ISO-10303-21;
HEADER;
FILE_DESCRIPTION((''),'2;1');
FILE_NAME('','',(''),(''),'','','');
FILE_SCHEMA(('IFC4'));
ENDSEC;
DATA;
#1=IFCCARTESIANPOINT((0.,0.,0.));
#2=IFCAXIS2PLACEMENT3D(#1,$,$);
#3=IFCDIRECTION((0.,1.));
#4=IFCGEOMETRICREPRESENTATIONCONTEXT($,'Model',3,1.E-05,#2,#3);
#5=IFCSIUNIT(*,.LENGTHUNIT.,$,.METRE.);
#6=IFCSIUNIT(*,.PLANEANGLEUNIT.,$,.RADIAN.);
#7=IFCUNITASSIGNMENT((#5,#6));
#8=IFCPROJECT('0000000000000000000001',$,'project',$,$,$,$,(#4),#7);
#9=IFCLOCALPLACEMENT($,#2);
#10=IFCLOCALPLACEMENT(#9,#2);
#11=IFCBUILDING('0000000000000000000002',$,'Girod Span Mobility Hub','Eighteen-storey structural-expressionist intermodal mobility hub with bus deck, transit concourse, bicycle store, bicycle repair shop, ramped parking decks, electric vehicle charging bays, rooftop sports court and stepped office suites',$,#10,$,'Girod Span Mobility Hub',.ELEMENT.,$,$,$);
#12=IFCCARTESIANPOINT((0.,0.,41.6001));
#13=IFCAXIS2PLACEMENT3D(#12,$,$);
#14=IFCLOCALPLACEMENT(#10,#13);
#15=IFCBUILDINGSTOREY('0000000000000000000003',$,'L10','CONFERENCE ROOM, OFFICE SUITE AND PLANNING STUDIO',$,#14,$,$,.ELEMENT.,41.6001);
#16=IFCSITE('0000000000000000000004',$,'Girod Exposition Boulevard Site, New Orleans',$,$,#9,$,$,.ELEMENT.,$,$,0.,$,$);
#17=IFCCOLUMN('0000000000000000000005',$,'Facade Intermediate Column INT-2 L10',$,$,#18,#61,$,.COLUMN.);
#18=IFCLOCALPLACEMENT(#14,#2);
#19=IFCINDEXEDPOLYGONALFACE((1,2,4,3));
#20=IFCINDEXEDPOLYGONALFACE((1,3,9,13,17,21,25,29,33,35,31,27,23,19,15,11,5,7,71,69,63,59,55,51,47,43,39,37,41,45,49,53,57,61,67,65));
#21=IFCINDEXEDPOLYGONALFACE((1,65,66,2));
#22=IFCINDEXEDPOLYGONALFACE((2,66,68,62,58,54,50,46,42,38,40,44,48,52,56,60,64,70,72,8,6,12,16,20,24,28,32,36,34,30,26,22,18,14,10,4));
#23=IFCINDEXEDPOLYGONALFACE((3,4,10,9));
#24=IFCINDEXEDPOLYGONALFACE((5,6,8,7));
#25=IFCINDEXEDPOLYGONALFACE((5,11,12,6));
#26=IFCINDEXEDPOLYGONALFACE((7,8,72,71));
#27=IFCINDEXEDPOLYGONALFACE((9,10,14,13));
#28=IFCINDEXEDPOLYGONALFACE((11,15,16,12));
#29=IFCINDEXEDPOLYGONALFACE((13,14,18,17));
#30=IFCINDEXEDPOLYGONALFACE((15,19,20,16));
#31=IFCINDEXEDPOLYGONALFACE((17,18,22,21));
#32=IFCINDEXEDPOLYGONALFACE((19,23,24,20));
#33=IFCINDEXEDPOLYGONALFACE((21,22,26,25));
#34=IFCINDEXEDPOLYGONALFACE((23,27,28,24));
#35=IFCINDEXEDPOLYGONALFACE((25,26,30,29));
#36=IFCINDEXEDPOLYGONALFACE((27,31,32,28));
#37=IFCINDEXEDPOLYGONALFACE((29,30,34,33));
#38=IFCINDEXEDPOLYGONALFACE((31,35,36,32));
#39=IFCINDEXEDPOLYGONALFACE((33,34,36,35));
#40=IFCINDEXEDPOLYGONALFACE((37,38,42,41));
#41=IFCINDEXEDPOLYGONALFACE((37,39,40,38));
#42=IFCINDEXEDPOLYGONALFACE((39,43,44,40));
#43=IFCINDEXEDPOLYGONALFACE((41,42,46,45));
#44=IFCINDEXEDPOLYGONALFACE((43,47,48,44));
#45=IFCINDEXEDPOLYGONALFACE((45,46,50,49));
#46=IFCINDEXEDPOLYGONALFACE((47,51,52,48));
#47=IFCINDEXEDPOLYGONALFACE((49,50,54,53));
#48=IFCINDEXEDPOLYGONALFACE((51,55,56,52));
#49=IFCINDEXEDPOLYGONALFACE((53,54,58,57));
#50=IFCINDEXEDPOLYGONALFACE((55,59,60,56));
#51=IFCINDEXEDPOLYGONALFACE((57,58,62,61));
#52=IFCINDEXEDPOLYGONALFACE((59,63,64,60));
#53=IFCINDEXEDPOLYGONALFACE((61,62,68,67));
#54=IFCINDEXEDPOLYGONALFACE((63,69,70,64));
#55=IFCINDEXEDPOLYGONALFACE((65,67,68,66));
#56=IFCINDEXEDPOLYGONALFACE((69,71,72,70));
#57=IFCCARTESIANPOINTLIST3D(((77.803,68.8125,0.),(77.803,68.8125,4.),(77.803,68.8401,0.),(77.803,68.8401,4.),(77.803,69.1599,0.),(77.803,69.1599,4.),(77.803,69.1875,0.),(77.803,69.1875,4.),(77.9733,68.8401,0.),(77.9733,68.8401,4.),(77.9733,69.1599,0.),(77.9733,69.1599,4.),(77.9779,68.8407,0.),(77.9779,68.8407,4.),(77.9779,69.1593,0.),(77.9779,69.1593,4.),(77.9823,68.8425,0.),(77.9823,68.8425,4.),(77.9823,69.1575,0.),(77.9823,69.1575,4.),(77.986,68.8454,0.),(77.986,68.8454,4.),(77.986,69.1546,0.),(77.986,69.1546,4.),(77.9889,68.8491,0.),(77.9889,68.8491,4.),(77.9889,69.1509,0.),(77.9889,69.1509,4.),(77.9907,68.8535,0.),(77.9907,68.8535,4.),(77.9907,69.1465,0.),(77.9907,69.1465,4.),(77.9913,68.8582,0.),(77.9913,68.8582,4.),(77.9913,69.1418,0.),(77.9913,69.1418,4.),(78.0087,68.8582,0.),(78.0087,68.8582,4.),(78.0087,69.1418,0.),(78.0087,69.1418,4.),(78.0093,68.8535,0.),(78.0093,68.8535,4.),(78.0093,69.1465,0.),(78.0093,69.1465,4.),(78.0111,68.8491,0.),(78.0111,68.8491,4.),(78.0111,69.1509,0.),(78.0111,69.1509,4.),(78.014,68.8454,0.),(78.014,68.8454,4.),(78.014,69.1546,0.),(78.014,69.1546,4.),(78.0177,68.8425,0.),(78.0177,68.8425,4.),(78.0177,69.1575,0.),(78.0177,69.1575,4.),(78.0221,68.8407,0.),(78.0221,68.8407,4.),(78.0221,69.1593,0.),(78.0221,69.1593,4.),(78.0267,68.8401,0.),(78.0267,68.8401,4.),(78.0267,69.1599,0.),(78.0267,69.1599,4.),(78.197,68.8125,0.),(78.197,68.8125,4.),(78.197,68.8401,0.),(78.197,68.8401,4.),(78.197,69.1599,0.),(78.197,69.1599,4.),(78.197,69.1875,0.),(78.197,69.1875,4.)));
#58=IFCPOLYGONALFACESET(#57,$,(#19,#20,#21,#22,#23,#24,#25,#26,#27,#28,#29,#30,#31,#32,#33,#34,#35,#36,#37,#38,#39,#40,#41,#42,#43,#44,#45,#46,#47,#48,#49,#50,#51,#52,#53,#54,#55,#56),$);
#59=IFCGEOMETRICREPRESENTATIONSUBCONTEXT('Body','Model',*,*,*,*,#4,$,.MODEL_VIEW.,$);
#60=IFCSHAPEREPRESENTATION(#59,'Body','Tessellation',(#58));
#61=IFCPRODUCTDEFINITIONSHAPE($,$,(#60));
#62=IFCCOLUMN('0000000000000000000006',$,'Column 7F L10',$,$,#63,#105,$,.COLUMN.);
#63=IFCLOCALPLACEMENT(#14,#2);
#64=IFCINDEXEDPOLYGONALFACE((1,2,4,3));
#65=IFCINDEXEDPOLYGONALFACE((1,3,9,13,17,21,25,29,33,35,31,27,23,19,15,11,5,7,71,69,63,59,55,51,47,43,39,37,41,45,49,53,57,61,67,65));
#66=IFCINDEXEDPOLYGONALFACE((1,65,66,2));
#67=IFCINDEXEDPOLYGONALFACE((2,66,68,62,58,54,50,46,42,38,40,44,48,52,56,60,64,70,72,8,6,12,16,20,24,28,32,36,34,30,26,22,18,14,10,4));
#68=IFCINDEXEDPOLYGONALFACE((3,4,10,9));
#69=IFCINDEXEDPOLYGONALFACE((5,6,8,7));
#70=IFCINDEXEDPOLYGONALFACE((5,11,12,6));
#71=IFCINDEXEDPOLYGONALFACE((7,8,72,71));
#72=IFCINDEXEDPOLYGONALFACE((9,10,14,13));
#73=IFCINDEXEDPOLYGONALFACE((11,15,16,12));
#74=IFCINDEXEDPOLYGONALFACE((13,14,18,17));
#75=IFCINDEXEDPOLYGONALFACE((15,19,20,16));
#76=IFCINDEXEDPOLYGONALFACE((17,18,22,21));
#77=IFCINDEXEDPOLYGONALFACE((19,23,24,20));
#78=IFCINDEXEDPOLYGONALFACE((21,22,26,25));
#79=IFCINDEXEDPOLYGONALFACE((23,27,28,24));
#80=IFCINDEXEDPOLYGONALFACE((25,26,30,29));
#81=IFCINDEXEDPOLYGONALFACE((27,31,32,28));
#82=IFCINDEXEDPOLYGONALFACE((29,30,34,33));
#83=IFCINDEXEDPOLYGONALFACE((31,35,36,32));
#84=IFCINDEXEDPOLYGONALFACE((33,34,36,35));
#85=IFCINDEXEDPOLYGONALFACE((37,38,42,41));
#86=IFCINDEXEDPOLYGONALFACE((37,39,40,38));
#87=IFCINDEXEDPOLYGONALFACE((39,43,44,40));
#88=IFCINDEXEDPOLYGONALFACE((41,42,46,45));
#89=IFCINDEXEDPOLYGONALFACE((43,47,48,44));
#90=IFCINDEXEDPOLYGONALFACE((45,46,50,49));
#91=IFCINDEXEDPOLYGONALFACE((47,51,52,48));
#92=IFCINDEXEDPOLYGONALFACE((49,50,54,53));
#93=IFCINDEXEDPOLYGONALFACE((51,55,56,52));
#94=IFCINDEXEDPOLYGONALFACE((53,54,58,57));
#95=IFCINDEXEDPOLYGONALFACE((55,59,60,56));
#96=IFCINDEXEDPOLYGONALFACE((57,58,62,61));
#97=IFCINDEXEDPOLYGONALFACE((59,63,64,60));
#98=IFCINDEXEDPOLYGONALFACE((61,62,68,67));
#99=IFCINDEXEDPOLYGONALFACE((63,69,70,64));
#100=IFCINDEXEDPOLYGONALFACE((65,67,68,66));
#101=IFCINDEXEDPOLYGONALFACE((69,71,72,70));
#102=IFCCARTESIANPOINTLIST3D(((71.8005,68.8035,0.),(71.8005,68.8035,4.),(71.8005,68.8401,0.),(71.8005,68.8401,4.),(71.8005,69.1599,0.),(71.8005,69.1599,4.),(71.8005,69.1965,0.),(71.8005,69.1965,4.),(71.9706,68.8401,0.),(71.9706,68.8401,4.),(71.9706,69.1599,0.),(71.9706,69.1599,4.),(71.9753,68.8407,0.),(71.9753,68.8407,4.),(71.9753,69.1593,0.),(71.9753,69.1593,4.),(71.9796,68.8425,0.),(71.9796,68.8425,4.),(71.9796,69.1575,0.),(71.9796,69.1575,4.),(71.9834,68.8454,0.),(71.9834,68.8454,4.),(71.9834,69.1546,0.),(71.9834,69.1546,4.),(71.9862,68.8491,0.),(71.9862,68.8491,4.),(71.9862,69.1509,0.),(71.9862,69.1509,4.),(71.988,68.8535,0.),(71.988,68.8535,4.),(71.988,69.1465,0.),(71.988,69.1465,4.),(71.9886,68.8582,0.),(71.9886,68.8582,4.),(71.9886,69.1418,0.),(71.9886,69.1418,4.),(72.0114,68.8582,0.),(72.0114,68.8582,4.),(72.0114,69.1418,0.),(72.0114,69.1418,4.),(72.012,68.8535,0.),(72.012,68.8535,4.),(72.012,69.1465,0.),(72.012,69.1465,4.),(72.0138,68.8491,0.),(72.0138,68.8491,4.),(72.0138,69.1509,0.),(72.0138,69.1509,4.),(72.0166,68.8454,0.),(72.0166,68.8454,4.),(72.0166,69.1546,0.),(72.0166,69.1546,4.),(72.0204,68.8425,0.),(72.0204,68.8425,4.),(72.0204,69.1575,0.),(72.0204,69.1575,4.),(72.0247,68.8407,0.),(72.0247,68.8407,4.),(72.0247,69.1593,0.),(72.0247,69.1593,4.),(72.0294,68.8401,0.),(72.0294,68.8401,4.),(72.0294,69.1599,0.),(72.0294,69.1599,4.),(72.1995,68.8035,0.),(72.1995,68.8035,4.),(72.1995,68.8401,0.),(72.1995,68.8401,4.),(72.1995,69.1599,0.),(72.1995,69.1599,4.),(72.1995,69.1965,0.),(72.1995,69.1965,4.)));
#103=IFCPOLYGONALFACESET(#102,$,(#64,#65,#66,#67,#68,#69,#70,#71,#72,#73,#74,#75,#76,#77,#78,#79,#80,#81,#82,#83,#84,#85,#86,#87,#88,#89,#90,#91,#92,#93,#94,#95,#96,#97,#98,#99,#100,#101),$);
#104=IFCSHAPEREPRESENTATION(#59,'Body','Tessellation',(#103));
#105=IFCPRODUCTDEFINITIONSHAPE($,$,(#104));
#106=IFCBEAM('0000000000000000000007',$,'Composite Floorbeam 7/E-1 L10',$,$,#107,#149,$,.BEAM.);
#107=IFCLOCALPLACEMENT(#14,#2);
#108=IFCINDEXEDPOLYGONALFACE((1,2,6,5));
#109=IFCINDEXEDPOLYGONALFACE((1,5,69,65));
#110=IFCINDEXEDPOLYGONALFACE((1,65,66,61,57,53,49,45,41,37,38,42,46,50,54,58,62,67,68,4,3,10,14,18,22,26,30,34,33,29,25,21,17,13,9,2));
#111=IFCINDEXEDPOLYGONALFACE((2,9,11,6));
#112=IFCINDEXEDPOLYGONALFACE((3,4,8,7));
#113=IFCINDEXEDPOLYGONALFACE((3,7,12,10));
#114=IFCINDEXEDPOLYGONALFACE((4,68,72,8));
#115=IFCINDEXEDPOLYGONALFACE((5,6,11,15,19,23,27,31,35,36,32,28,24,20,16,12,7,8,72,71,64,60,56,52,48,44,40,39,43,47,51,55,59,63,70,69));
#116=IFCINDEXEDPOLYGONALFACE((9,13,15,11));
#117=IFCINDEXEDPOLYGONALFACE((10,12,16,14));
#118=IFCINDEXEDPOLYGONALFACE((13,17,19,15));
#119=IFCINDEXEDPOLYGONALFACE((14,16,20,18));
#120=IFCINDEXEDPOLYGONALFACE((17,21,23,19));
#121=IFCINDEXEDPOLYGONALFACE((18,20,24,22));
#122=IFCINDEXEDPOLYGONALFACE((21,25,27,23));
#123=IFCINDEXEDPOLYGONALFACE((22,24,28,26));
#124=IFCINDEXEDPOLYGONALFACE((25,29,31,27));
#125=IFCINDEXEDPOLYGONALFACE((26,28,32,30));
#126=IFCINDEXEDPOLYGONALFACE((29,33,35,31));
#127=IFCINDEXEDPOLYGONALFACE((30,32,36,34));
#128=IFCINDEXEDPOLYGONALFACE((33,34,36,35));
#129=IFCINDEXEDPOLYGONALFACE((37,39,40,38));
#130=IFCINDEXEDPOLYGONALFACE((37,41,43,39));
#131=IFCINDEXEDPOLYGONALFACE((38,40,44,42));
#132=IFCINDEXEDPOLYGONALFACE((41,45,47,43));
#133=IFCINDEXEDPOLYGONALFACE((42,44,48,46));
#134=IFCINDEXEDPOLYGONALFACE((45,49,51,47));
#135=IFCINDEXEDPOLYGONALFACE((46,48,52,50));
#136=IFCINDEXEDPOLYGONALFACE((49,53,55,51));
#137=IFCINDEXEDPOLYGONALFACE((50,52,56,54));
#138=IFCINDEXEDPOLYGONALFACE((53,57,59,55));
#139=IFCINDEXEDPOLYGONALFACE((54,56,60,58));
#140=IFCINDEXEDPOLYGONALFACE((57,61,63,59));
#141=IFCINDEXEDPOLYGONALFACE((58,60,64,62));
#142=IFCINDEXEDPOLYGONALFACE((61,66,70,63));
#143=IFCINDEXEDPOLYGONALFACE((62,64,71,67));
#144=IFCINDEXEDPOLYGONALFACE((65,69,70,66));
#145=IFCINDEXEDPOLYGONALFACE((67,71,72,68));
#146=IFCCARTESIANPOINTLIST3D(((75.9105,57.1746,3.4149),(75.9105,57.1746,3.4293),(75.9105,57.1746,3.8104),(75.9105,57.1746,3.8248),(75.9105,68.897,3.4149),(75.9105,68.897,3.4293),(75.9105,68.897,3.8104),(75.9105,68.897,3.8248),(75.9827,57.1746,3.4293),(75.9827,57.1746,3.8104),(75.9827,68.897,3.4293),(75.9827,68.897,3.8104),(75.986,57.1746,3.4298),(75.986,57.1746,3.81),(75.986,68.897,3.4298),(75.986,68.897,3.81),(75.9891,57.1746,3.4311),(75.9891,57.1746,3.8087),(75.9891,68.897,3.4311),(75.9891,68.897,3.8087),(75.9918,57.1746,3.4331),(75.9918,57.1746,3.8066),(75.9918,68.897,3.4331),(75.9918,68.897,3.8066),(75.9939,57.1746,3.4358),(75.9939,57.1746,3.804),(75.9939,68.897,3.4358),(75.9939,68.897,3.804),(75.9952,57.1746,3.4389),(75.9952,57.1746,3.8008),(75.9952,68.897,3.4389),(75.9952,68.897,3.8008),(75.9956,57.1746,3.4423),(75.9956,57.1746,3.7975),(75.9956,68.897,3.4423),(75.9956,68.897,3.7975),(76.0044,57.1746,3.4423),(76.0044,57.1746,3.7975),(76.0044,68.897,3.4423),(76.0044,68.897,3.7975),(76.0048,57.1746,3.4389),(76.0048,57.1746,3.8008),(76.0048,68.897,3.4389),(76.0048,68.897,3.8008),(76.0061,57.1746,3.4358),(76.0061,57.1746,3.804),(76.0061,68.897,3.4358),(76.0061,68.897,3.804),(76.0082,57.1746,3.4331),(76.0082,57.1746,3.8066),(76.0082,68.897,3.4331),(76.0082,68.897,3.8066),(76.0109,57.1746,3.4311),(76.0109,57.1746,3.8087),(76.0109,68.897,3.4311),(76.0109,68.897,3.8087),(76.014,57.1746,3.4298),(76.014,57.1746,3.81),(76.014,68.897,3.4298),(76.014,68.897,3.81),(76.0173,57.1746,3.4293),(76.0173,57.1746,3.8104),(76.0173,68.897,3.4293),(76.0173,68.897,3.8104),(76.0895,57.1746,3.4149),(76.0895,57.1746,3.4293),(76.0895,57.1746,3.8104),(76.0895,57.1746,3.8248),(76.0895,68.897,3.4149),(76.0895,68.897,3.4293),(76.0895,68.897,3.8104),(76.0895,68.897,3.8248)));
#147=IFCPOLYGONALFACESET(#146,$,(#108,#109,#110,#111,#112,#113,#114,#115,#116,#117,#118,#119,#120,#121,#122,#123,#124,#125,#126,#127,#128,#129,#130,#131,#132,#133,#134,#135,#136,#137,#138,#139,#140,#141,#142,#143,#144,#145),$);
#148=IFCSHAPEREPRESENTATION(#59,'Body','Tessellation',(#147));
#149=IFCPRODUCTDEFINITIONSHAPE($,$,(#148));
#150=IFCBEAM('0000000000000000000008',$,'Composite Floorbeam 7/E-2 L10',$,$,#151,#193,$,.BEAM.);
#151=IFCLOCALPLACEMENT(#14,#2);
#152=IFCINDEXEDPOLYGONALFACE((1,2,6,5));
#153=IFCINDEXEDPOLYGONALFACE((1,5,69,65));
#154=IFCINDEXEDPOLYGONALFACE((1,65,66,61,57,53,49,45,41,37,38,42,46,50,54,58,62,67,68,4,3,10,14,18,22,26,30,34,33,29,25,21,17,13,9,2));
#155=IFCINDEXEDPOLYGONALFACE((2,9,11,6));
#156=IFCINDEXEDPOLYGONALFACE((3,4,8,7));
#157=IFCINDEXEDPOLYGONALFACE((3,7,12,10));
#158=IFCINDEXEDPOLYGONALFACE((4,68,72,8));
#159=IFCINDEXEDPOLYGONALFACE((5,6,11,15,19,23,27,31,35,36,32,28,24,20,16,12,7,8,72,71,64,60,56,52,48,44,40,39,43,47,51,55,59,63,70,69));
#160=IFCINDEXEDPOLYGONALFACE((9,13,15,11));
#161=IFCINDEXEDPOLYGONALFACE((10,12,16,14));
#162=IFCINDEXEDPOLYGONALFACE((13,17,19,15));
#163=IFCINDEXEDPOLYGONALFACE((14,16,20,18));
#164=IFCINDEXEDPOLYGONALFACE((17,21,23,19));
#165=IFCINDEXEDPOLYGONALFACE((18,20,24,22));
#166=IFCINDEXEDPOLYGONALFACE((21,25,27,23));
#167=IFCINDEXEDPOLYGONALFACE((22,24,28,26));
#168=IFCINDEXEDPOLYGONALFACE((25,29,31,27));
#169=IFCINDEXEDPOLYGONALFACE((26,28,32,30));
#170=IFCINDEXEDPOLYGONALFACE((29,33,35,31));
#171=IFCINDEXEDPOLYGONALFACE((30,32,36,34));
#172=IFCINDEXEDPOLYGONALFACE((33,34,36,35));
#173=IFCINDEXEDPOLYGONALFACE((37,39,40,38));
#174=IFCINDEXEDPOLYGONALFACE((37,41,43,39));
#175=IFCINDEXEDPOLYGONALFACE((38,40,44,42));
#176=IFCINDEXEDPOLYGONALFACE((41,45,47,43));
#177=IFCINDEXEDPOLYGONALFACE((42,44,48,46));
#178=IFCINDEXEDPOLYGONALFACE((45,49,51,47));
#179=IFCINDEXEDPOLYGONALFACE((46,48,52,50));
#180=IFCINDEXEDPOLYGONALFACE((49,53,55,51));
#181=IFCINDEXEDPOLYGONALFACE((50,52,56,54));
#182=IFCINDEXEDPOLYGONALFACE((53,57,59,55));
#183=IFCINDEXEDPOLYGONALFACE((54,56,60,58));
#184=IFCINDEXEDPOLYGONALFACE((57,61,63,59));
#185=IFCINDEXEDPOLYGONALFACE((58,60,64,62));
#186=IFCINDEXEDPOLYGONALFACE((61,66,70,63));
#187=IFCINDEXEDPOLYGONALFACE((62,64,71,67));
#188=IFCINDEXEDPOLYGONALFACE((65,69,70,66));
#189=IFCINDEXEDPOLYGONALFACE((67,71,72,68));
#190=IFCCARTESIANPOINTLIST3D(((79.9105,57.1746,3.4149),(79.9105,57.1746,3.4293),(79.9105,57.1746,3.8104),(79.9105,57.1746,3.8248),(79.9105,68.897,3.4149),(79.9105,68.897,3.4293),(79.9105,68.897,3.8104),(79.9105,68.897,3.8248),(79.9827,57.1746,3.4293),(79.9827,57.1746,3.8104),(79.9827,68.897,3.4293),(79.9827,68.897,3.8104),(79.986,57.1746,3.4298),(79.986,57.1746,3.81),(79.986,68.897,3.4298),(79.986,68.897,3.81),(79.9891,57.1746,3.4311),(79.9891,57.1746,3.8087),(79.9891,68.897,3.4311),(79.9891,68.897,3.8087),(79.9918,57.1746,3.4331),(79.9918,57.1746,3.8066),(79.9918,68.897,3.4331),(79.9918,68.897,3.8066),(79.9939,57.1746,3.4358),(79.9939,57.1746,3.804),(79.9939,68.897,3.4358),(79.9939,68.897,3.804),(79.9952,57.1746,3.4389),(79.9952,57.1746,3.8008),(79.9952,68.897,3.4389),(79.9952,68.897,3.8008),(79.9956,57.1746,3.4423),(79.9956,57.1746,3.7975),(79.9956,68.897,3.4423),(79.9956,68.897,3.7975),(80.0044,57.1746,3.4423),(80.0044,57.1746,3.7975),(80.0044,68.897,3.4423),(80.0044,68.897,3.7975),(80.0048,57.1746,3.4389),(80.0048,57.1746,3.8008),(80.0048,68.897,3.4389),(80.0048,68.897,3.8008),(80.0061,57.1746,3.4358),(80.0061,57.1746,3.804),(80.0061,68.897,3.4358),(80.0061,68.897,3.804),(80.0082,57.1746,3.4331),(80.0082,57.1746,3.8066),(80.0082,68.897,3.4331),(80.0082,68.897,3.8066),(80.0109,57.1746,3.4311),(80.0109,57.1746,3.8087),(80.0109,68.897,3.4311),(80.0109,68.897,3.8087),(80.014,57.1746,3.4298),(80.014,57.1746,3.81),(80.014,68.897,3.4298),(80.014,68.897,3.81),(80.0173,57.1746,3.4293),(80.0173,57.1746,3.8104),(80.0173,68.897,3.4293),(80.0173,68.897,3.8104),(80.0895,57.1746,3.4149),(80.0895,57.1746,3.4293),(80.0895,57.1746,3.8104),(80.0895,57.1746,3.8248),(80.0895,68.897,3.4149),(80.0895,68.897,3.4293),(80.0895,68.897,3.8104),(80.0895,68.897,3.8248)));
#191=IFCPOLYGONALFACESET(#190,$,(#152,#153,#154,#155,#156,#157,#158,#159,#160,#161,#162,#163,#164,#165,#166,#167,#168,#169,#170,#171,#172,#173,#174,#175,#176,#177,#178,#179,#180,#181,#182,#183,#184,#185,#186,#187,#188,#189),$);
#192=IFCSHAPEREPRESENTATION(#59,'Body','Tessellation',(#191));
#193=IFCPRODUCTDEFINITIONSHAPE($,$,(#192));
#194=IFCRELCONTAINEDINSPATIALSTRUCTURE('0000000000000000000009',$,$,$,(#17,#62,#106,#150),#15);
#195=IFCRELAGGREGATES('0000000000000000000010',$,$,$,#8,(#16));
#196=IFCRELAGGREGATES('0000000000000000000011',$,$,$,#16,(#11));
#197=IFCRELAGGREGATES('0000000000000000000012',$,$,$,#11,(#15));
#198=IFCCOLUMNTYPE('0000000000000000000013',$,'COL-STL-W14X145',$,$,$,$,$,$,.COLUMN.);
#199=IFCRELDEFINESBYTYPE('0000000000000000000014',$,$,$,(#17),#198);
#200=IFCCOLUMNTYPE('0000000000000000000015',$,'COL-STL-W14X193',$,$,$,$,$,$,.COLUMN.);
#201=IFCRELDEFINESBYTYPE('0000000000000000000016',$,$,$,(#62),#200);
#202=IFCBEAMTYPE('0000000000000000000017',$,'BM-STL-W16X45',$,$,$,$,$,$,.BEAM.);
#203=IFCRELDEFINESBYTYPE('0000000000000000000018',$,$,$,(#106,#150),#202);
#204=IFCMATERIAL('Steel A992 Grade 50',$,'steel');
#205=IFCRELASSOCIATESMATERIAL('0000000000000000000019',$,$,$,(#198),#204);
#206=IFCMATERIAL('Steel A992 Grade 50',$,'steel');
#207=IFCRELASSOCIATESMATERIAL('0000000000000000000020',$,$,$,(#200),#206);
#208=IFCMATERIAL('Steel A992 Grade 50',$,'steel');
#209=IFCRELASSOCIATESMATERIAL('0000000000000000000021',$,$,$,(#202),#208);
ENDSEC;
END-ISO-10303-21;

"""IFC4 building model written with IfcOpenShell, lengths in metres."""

from ifc_helpers import new_model, si_unit, direction, frame, origin, origin_2d, place, context, subcontext, project, spatial, i_section, extrude, material, material_profile, profile_set, type_object, element, save


model = new_model("IFC4")

# Units and contexts
model_context = context("Model", 3, precision=1e-05, world=origin(), true_north=direction((0.0, 1.0)))
body_context = subcontext(model_context, "Body", "Model", "MODEL_VIEW")
ifc_project = project(units=[si_unit("LENGTHUNIT", "METRE"), si_unit("PLANEANGLEUNIT", "RADIAN")], contexts=[model_context])

# Site, building, storey
site_placement = place(None, origin())
site = spatial("IfcSite", under=ifc_project, at=site_placement, Name="Girod Exposition Boulevard Site, New Orleans", CompositionType="ELEMENT", RefElevation=0.0)
building_placement = place(site_placement, origin())
building = spatial("IfcBuilding", under=site, at=building_placement, Name="Girod Span Mobility Hub", Description="Eighteen-storey structural-expressionist intermodal mobility hub with bus deck, transit concourse, bicycle store, bicycle repair shop, ramped parking decks, electric vehicle charging bays, rooftop sports court and stepped office suites", LongName="Girod Span Mobility Hub", CompositionType="ELEMENT")
storey_placement = place(building_placement, frame((0.0, 0.0, 41.6001)))
storey = spatial("IfcBuildingStorey", under=building, at=storey_placement, Name="L10", Description="CONFERENCE ROOM, OFFICE SUITE AND PLANNING STUDIO", CompositionType="ELEMENT", Elevation=41.6001)

# Columns
ifc_material_1 = material(Name="Steel A992 Grade 50", Category="steel")
ifc_material_profile_1 = material_profile(ifc_material_1, i_section(OverallWidth=0.394, OverallDepth=0.375, WebThickness=0.0173, FlangeThickness=0.0276, FilletRadius=0.0181, at=origin_2d()), Name="W14X145")
ifc_profile_set_1 = profile_set([ifc_material_profile_1], Name="Steel A992 Grade 50")
column_type_1 = type_object("IfcColumnType", Name="COL-STL-W14X145", PredefinedType="COLUMN", material=ifc_profile_set_1)
column_1_placement = place(storey_placement, frame((78.0, 69.0, 0.0), z_axis=(0.0, 0.0, 1.0), x_axis=(1.0, 0.0, 0.0)))
element("IfcColumn", 1, at=column_1_placement, inside=storey, type_object=column_type_1, Name="Facade Intermediate Column INT-2 L10", PredefinedType="COLUMN", context=body_context, shape_type="SweptSolid", body=[
    extrude(i_section(OverallWidth=0.394, OverallDepth=0.375, WebThickness=0.0173, FlangeThickness=0.0276, FilletRadius=0.0181, at=origin_2d()), origin(), (0.0, 0.0, 1.0), 4.0),
])
ifc_material_2 = material(Name="Steel A992 Grade 50", Category="steel")
ifc_material_profile_2 = material_profile(ifc_material_2, i_section(OverallWidth=0.3989, OverallDepth=0.3931, WebThickness=0.0227, FlangeThickness=0.0366, FilletRadius=0.0181, at=origin_2d()), Name="W14X193")
ifc_profile_set_2 = profile_set([ifc_material_profile_2], Name="Steel A992 Grade 50")
column_type_2 = type_object("IfcColumnType", Name="COL-STL-W14X193", PredefinedType="COLUMN", material=ifc_profile_set_2)
column_2_placement = place(storey_placement, frame((72.0, 69.0, 0.0), z_axis=(0.0, 0.0, 1.0), x_axis=(1.0, 0.0, 0.0)))
element("IfcColumn", 2, at=column_2_placement, inside=storey, type_object=column_type_2, Name="Column 7F L10", PredefinedType="COLUMN", context=body_context, shape_type="SweptSolid", body=[
    extrude(i_section(OverallWidth=0.3989, OverallDepth=0.3931, WebThickness=0.0227, FlangeThickness=0.0366, FilletRadius=0.0181, at=origin_2d()), origin(), (0.0, 0.0, 1.0), 4.0),
])

# Beams
ifc_material_3 = material(Name="Steel A992 Grade 50", Category="steel")
ifc_material_profile_3 = material_profile(ifc_material_3, i_section(OverallWidth=0.179, OverallDepth=0.4099, WebThickness=0.0088, FlangeThickness=0.0144, FilletRadius=0.0129, at=origin_2d()), Name="W16X45")
ifc_profile_set_3 = profile_set([ifc_material_profile_3], Name="Steel A992 Grade 50")
beam_type_1 = type_object("IfcBeamType", Name="BM-STL-W16X45", PredefinedType="BEAM", material=ifc_profile_set_3)
for number, where, z_axis, x_axis, name in (
    (3, (76.0, 57.1746, 3.6199), (0.0, 1.0, 0.0), (-1.0, 0.0, 0.0), "Composite Floorbeam 7/E-1 L10"),
    (4, (80.0, 57.1746, 3.6199), (0.0, 1.0, 0.0), (-1.0, 0.0, 0.0), "Composite Floorbeam 7/E-2 L10"),
):
    element("IfcBeam", number, at=place(storey_placement, frame(where, z_axis=z_axis, x_axis=x_axis)), inside=storey, type_object=beam_type_1, Name=name, PredefinedType="BEAM", context=body_context, shape_type="SweptSolid", body=[
        extrude(i_section(OverallWidth=0.179, OverallDepth=0.4099, WebThickness=0.0088, FlangeThickness=0.0144, FilletRadius=0.0129, at=origin_2d()), origin(), (0.0, 0.0, 1.0), 11.7224),
    ])

save(model, "model.ifc")
